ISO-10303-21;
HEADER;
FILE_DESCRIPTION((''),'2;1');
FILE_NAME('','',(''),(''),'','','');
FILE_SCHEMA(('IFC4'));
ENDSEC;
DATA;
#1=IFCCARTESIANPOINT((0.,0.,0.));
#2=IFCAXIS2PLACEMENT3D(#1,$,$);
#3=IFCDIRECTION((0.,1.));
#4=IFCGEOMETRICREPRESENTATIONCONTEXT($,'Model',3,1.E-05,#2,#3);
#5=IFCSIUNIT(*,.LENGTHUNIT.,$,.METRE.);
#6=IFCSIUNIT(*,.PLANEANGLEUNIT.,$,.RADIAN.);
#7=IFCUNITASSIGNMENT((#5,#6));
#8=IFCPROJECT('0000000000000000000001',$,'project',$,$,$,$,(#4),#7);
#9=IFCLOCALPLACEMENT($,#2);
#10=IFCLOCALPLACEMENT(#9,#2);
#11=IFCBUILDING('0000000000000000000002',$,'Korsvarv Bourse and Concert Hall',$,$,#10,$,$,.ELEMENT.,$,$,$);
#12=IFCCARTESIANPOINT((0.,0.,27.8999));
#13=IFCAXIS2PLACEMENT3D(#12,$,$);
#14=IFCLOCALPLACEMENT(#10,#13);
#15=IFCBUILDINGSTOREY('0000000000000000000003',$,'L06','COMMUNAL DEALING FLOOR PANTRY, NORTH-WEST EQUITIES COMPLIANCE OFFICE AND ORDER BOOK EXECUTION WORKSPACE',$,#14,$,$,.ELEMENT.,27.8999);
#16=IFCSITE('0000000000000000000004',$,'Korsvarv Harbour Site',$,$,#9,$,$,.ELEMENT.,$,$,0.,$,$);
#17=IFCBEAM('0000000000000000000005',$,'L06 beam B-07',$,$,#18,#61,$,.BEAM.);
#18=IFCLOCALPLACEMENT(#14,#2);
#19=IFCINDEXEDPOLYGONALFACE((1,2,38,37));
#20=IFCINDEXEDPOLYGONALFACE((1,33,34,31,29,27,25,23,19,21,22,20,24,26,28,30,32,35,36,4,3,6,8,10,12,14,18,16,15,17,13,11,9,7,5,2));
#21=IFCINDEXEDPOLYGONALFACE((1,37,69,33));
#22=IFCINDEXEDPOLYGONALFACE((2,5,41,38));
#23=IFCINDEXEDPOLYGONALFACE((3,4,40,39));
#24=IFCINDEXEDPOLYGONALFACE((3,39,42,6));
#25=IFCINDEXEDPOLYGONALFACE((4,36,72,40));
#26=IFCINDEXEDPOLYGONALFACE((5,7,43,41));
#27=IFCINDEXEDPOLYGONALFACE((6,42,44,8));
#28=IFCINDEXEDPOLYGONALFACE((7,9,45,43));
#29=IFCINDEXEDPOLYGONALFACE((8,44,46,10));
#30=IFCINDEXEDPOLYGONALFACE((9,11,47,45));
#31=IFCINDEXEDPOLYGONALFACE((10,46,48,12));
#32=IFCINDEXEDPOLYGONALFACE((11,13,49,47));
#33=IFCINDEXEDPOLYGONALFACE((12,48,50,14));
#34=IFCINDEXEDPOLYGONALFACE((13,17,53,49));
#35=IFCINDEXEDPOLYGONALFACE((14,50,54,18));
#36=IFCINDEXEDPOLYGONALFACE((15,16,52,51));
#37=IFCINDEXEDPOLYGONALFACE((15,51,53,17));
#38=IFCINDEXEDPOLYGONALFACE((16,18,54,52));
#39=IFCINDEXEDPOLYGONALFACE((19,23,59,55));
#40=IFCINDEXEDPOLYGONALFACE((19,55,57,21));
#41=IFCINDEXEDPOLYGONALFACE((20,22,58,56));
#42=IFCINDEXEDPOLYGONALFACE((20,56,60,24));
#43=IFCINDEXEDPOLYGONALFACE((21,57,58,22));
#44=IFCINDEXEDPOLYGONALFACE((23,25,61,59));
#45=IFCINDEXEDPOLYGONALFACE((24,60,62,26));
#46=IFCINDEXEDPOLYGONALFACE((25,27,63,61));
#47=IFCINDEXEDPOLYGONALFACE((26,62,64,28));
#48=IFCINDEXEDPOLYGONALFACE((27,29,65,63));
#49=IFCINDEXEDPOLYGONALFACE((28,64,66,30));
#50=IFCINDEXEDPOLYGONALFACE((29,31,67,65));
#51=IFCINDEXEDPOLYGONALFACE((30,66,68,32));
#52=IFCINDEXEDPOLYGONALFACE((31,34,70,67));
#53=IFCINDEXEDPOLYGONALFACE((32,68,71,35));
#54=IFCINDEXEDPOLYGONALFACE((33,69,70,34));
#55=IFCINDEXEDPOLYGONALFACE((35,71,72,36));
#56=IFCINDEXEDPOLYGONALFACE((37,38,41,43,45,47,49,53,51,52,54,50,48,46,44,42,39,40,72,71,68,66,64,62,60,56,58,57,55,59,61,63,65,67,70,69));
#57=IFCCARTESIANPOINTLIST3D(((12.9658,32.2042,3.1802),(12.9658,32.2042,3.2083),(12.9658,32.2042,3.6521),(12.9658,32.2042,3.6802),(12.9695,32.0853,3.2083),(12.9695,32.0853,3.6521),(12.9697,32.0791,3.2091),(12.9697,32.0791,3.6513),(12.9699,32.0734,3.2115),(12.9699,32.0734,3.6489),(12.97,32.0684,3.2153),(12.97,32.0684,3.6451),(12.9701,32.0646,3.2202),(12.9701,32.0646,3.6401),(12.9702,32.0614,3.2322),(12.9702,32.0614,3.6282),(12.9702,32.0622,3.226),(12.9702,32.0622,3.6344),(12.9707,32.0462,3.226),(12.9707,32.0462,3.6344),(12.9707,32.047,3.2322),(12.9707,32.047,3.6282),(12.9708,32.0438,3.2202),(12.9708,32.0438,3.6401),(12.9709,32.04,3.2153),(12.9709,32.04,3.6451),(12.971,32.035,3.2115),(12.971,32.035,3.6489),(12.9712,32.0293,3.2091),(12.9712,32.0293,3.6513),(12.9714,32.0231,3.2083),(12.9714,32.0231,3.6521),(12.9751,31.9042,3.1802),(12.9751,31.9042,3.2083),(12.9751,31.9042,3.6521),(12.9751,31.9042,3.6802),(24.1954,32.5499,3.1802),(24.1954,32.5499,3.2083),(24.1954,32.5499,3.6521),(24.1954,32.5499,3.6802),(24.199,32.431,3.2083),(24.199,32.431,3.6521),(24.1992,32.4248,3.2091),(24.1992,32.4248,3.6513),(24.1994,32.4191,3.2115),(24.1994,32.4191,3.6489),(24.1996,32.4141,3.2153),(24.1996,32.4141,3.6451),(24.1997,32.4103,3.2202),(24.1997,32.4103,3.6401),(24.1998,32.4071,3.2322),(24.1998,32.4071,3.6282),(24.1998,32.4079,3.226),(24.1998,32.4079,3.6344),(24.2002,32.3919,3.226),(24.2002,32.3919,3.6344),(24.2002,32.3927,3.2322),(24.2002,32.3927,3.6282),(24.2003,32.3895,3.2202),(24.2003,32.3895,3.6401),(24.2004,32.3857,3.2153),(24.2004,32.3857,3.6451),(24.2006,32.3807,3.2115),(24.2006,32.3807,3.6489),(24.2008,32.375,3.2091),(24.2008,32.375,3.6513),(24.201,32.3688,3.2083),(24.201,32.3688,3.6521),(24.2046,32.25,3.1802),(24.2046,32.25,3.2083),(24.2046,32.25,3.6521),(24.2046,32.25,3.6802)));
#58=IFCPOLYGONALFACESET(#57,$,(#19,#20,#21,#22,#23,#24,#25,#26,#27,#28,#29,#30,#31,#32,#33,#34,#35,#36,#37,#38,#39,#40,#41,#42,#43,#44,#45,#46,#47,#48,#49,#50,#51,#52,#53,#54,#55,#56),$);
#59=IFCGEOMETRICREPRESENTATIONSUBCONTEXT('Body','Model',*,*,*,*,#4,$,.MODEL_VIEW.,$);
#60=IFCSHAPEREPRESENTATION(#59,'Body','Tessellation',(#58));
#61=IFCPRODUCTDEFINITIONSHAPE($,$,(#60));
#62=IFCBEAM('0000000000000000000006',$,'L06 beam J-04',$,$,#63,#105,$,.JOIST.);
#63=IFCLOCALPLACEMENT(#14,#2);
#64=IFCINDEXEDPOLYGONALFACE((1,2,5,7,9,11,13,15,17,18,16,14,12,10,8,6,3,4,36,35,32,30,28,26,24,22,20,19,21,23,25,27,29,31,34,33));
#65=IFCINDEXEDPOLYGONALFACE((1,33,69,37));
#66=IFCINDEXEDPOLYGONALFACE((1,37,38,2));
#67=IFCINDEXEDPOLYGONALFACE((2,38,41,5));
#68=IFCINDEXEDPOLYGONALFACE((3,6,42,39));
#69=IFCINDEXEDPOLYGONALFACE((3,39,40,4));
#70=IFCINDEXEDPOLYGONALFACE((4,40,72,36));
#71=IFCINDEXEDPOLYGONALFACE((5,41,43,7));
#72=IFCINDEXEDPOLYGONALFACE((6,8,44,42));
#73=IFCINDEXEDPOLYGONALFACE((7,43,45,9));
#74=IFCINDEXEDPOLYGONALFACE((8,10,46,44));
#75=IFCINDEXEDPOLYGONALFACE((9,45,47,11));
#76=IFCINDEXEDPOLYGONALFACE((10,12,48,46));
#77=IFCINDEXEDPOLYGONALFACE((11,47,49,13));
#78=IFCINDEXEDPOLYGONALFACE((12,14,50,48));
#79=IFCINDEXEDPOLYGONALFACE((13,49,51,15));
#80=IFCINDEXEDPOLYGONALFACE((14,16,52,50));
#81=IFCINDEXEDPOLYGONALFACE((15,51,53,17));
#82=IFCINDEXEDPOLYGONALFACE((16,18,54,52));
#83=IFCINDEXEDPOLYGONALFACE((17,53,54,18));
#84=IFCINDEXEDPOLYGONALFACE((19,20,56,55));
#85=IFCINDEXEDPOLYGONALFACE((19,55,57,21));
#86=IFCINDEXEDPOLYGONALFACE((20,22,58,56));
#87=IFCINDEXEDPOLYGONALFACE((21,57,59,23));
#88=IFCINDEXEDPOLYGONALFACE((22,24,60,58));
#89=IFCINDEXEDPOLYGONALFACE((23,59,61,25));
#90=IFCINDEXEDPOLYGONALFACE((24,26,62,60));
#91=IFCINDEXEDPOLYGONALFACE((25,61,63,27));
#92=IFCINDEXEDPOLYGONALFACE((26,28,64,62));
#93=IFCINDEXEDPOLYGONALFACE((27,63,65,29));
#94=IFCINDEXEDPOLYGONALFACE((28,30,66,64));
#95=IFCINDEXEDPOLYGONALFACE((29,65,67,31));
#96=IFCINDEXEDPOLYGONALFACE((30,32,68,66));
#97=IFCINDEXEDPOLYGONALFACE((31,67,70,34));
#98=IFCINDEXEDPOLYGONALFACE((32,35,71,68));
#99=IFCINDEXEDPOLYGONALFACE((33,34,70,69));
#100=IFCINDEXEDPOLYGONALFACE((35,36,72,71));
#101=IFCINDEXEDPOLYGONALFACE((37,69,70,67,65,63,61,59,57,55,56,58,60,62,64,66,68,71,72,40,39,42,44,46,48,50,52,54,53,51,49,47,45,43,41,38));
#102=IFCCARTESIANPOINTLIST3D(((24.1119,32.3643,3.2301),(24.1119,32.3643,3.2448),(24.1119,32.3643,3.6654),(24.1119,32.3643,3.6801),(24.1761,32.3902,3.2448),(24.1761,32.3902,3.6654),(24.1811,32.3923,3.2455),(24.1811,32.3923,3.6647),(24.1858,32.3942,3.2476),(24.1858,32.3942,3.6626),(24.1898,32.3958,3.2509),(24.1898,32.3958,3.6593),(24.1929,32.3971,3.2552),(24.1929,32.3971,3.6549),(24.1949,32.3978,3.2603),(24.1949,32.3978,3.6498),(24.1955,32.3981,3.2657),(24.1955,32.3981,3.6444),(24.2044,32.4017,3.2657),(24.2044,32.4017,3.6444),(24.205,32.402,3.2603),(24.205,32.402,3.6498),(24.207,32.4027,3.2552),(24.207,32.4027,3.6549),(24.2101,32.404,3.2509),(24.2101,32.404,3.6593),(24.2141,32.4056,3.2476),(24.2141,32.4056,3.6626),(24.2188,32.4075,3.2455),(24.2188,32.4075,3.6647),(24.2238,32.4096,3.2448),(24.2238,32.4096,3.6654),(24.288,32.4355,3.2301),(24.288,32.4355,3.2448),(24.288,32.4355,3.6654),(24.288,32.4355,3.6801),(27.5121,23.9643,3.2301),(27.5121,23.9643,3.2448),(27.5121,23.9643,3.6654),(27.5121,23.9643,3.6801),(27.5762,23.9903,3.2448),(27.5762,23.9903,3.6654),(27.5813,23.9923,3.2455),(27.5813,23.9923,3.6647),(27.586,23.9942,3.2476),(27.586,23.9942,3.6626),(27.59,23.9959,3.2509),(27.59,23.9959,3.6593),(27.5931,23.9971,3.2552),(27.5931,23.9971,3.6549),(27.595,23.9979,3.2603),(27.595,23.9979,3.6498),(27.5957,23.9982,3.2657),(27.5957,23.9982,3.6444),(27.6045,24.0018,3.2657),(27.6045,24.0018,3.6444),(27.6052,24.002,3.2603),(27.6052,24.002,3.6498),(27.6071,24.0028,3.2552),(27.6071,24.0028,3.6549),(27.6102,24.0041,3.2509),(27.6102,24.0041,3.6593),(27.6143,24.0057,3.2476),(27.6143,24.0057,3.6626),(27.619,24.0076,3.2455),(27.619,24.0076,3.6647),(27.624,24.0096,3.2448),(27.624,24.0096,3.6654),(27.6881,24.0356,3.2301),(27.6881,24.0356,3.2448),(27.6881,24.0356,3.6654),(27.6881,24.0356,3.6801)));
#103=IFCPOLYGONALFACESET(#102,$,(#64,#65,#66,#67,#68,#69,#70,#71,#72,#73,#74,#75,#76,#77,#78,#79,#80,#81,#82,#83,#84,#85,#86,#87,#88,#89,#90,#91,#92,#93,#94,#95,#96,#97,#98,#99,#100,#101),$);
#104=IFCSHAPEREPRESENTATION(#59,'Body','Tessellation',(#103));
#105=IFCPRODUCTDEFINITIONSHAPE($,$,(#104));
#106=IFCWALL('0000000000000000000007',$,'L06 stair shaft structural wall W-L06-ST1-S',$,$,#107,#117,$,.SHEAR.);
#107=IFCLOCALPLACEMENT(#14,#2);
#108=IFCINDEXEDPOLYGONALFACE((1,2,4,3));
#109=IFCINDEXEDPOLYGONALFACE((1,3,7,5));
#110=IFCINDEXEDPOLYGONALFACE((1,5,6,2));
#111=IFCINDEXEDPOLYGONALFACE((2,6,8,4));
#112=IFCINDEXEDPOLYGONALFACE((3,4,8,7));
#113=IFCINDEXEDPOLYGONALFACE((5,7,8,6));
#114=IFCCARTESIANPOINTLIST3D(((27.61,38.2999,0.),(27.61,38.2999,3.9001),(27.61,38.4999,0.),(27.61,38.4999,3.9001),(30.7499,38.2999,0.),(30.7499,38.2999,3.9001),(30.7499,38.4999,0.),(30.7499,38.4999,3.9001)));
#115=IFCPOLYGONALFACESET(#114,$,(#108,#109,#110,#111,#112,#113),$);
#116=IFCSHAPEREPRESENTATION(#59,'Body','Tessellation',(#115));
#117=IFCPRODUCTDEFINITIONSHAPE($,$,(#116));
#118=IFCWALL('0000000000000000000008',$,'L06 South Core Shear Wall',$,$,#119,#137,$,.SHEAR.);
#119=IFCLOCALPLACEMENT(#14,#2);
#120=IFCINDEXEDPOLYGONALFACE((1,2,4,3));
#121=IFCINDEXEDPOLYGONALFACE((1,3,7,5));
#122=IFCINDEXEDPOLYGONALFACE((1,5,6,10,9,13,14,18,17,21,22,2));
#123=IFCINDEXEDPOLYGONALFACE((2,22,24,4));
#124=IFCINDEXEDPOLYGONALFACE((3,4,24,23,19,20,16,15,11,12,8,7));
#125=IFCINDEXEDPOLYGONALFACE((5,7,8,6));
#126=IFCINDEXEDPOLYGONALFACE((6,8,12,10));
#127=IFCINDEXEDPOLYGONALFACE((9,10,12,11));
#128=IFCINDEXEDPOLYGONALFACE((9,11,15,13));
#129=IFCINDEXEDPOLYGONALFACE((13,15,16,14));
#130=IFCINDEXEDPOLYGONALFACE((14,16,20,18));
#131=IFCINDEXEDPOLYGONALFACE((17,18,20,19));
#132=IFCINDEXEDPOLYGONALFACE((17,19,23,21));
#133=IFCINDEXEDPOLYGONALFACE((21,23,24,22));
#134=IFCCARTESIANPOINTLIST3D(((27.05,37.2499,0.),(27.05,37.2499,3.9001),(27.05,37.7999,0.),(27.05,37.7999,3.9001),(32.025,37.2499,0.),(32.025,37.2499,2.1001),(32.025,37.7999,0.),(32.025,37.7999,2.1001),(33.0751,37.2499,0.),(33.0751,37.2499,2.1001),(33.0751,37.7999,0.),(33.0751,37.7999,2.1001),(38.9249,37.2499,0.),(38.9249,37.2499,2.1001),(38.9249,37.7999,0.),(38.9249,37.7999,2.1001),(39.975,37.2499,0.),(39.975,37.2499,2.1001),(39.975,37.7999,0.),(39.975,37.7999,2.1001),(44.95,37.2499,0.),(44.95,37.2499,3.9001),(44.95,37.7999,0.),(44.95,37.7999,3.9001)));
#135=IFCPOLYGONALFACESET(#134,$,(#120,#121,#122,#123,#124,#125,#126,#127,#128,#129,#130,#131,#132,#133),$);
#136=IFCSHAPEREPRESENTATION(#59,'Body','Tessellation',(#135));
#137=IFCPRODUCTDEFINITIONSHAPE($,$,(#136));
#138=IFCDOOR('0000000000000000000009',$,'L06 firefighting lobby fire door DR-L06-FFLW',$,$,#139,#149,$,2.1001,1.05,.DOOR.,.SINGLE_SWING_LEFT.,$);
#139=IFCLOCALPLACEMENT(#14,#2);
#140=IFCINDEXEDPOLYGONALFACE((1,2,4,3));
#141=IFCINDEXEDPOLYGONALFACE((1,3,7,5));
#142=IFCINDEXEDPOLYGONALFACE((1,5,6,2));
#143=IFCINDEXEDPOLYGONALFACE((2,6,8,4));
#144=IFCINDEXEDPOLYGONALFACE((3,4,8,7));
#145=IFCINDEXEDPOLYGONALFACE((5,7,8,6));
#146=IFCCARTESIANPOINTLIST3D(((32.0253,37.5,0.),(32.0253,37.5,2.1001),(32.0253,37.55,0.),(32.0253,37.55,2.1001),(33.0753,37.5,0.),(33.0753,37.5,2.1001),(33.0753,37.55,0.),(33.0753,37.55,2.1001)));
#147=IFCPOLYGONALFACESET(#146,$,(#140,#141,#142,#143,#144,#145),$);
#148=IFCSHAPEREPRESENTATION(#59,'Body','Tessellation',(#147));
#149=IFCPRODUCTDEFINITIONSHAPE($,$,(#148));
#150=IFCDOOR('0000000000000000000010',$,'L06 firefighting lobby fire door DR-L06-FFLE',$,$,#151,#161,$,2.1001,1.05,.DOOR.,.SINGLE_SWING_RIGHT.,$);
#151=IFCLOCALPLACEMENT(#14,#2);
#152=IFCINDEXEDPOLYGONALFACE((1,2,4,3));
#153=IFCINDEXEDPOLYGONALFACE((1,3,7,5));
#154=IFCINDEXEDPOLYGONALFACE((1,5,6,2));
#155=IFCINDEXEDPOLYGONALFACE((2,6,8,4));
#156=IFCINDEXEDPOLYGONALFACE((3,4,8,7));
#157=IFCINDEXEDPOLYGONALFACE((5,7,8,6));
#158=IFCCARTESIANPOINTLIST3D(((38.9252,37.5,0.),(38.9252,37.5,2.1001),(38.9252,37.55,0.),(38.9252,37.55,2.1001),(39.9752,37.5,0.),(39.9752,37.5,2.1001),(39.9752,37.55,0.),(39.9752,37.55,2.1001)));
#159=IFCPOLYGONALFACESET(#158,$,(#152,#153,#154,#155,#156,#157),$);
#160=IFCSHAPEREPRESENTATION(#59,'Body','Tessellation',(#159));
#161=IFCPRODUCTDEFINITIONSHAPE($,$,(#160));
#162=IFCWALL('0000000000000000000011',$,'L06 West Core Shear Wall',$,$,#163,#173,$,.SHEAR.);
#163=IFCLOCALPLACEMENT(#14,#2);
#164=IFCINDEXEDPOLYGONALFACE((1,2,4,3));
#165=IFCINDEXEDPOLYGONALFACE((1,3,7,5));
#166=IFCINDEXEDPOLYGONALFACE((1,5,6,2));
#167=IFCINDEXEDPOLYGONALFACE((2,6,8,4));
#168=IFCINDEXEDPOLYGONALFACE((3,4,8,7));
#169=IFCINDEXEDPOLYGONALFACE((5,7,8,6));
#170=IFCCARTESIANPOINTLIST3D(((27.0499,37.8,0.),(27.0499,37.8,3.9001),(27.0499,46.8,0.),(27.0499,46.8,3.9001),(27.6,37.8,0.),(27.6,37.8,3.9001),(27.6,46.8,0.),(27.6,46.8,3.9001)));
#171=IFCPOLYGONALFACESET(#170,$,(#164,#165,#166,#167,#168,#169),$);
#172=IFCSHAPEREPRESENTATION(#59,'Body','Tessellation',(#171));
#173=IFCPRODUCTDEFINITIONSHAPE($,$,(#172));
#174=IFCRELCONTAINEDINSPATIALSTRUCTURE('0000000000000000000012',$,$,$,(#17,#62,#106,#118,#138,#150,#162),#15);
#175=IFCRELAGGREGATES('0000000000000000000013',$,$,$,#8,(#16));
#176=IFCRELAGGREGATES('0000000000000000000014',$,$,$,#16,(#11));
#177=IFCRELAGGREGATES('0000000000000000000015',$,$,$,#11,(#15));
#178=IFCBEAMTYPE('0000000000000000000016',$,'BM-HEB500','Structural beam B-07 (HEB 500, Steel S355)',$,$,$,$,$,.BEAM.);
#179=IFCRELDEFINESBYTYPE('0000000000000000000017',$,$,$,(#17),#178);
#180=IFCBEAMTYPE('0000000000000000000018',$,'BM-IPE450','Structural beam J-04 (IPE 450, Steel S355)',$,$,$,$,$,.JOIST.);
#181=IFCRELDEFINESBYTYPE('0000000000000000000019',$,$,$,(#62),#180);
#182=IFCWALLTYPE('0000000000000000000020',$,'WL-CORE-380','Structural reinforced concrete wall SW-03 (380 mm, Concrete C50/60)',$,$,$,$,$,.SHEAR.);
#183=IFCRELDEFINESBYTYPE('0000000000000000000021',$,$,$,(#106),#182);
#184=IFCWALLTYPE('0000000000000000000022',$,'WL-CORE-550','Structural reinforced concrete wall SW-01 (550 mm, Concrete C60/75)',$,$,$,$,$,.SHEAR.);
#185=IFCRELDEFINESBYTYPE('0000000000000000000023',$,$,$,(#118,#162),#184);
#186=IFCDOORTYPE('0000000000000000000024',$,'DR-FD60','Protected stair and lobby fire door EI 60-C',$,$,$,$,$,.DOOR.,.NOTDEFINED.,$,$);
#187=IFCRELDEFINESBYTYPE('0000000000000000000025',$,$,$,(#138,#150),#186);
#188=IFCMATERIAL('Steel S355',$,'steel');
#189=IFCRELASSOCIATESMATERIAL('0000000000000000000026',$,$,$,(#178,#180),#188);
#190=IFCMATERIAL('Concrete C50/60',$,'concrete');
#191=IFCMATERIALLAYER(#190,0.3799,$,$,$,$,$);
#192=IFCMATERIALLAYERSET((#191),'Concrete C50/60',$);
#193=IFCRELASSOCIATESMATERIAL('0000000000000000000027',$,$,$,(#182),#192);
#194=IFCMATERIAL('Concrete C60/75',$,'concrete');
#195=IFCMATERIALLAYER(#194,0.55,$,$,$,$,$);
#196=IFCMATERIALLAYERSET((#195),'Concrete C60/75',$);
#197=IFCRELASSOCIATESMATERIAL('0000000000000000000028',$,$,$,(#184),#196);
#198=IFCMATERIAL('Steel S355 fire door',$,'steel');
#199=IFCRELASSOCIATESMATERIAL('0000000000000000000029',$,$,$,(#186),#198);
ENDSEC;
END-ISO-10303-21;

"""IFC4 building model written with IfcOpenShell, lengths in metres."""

from ifc_helpers import new_model, si_unit, direction, frame, frame_2d, origin, origin_2d, place, context, subcontext, project, spatial, rectangle, i_section, extrude, source, transform, mapped, material, layer, layer_set, material_profile, profile_set, type_object, element, fill, save


model = new_model("IFC4")

# Units and contexts
model_context = context("Model", 3, precision=1e-05, world=origin(), true_north=direction((0.0, 1.0)))
body_context = subcontext(model_context, "Body", "Model", "MODEL_VIEW")
ifc_project = project(units=[si_unit("LENGTHUNIT", "METRE"), si_unit("PLANEANGLEUNIT", "RADIAN")], contexts=[model_context])

# Site, building, storey
site_placement = place(None, origin())
site = spatial("IfcSite", under=ifc_project, at=site_placement, Name="Korsvarv Harbour Site", CompositionType="ELEMENT", RefElevation=0.0)
building_placement = place(site_placement, origin())
building = spatial("IfcBuilding", under=site, at=building_placement, Name="Korsvarv Bourse and Concert Hall", CompositionType="ELEMENT")
storey_placement = place(building_placement, frame((0.0, 0.0, 27.8999)))
storey = spatial("IfcBuildingStorey", under=building, at=storey_placement, Name="L06", Description="COMMUNAL DEALING FLOOR PANTRY, NORTH-WEST EQUITIES COMPLIANCE OFFICE AND ORDER BOOK EXECUTION WORKSPACE", CompositionType="ELEMENT", Elevation=27.8999)

# Shared definitions
ifc_material_1 = material(Name="Concrete C60/75", Category="concrete")

# Beams
ifc_material_2 = material(Name="Steel S355", Category="steel")
ifc_material_profile_1 = material_profile(ifc_material_2, i_section(OverallWidth=0.3, OverallDepth=0.5, WebThickness=0.0144, FlangeThickness=0.0281, FilletRadius=0.0239, at=origin_2d()), Name="HEB 500")
ifc_profile_set_1 = profile_set([ifc_material_profile_1], Name="Steel S355")
beam_type_1 = type_object("IfcBeamType", Name="BM-HEB500", Description="Structural beam B-07 (HEB 500, Steel S355)", PredefinedType="BEAM", material=ifc_profile_set_1)
shared_shape_1 = source(origin(), body_context, "Body", "SweptSolid", [
    extrude(i_section(OverallWidth=0.3, OverallDepth=0.5, WebThickness=0.0144, FlangeThickness=0.0281, FilletRadius=0.0239, at=origin_2d()), origin(), (0.0, 0.0, 1.0), 11.2349),
])
beam_1_placement = place(storey_placement, frame((12.9705, 32.0542, 3.4302), z_axis=(0.999526, 0.030771, 0.0), x_axis=(-0.030771, 0.999526, 0.0)))
element("IfcBeam", 1, at=beam_1_placement, inside=storey, type_object=beam_type_1, Name="L06 beam B-07", PredefinedType="BEAM", context=body_context, shape_type="MappedRepresentation", body=[
    mapped(shared_shape_1, transform((0.0, 0.0, 0.0), scale=1.0)),
])
ifc_material_profile_2 = material_profile(ifc_material_2, i_section(OverallWidth=0.1899, OverallDepth=0.45, WebThickness=0.0095, FlangeThickness=0.0146, FilletRadius=0.021, at=origin_2d()), Name="IPE 450")
ifc_profile_set_2 = profile_set([ifc_material_profile_2], Name="Steel S355")
beam_type_2 = type_object("IfcBeamType", Name="BM-IPE450", Description="Structural beam J-04 (IPE 450, Steel S355)", PredefinedType="JOIST", material=ifc_profile_set_2)
shared_shape_2 = source(origin(), body_context, "Body", "SweptSolid", [
    extrude(i_section(OverallWidth=0.1899, OverallDepth=0.45, WebThickness=0.0095, FlangeThickness=0.0146, FilletRadius=0.021, at=origin_2d()), origin(), (0.0, 0.0, 1.0), 9.062),
])
beam_2_placement = place(storey_placement, frame((24.2, 32.3999, 3.4551), z_axis=(0.37521, -0.92694, 0.0), x_axis=(0.92694, 0.37521, 0.0)))
element("IfcBeam", 2, at=beam_2_placement, inside=storey, type_object=beam_type_2, Name="L06 beam J-04", PredefinedType="JOIST", context=body_context, shape_type="MappedRepresentation", body=[
    mapped(shared_shape_2, transform((0.0, 0.0, 0.0), scale=1.0)),
])

# Wall
ifc_material_3 = material(Name="Concrete C50/60", Category="concrete")
ifc_layer_1 = layer(ifc_material_3, 0.3799)
ifc_layer_set_1 = layer_set([ifc_layer_1], Name="Concrete C50/60")
wall_type_1 = type_object("IfcWallType", Name="WL-CORE-380", Description="Structural reinforced concrete wall SW-03 (380 mm, Concrete C50/60)", PredefinedType="SHEAR", material=ifc_layer_set_1)
wall_1_placement = place(storey_placement, frame((27.6101, 38.3999, 0.0), z_axis=(0.0, 0.0, 1.0), x_axis=(1.0, 0.0, 0.0)))
element("IfcWall", 3, at=wall_1_placement, inside=storey, type_object=wall_type_1, Name="L06 stair shaft structural wall W-L06-ST1-S", PredefinedType="SHEAR", context=body_context, shape_type="SweptSolid", body=[
    extrude(rectangle(XDim=3.1399, YDim=0.2, at=frame_2d((1.5698, 0.0))), origin(), (0.0, 0.0, 1.0), 3.9001),
])

# Wall, openings, doors
ifc_layer_2 = layer(ifc_material_1, 0.55)
ifc_layer_set_2 = layer_set([ifc_layer_2], Name="Concrete C60/75")
wall_type_2 = type_object("IfcWallType", Name="WL-CORE-550", Description="Structural reinforced concrete wall SW-01 (550 mm, Concrete C60/75)", PredefinedType="SHEAR", material=ifc_layer_set_2)
wall_2_placement = place(storey_placement, frame((27.05, 37.5249, 0.0), z_axis=(0.0, 0.0, 1.0), x_axis=(1.0, 0.0, 0.0)))
wall_2 = element("IfcWall", 4, at=wall_2_placement, inside=storey, type_object=wall_type_2, Name="L06 South Core Shear Wall", PredefinedType="SHEAR", context=body_context, shape_type="SweptSolid", body=[
    extrude(rectangle(XDim=17.8999, YDim=0.55, at=frame_2d((8.95, 0.0))), origin(), (0.0, 0.0, 1.0), 3.9001),
])
opening_1_placement = place(wall_2_placement, frame((4.9751, 0.0, 0.0)))
opening_1 = element("IfcOpeningElement", 5, at=opening_1_placement, cuts=wall_2, PredefinedType="OPENING", context=body_context, shape_type="SweptSolid", body=[
    extrude(rectangle(XDim=1.05, YDim=2.1001, at=frame_2d((0.5249, 1.05))), frame((0.0, 0.2852, 0.0), z_axis=(0.0, -1.0, 0.0), x_axis=(1.0, 0.0, 0.0)), (0.0, 0.0, 1.0), 0.5701),
])
opening_2_placement = place(wall_2_placement, frame((11.875, 0.0, 0.0)))
opening_2 = element("IfcOpeningElement", 6, at=opening_2_placement, cuts=wall_2, PredefinedType="OPENING", context=body_context, shape_type="SweptSolid", body=[
    extrude(rectangle(XDim=1.05, YDim=2.1001, at=frame_2d((0.5249, 1.05))), frame((0.0, 0.2852, 0.0), z_axis=(0.0, -1.0, 0.0), x_axis=(1.0, 0.0, 0.0)), (0.0, 0.0, 1.0), 0.5701),
])
ifc_material_4 = material(Name="Steel S355 fire door", Category="steel")
door_type_1 = type_object("IfcDoorType", Name="DR-FD60", Description="Protected stair and lobby fire door EI 60-C", OperationType="NOTDEFINED", PredefinedType="DOOR", material=ifc_material_4)
door_1_placement = place(opening_1_placement, frame((1.05, 0.0, 0.0), z_axis=(0.0, 0.0, 1.0), x_axis=(-1.0, 0.0, 0.0)))
door_1 = element("IfcDoor", 7, at=door_1_placement, inside=storey, type_object=door_type_1, Name="L06 firefighting lobby fire door DR-L06-FFLW", OperationType="SINGLE_SWING_LEFT", OverallHeight=2.1001, OverallWidth=1.05, PredefinedType="DOOR", context=body_context, shape_type="SweptSolid", body=[
    extrude(rectangle(XDim=1.05, YDim=2.1001, at=frame_2d((0.5249, 1.05))), frame((0.0, 0.0249, 0.0), z_axis=(0.0, -1.0, 0.0), x_axis=(1.0, 0.0, 0.0)), (0.0, 0.0, 1.0), 0.05),
])
fill(opening_1, door_1)
door_2_placement = place(opening_2_placement, frame((1.05, 0.0, 0.0), z_axis=(0.0, 0.0, 1.0), x_axis=(-1.0, 0.0, 0.0)))
door_2 = element("IfcDoor", 8, at=door_2_placement, inside=storey, type_object=door_type_1, Name="L06 firefighting lobby fire door DR-L06-FFLE", OperationType="SINGLE_SWING_RIGHT", OverallHeight=2.1001, OverallWidth=1.05, PredefinedType="DOOR", context=body_context, shape_type="SweptSolid", body=[
    extrude(rectangle(XDim=1.05, YDim=2.1001, at=frame_2d((0.5249, 1.05))), frame((0.0, 0.0249, 0.0), z_axis=(0.0, -1.0, 0.0), x_axis=(1.0, 0.0, 0.0)), (0.0, 0.0, 1.0), 0.05),
])
fill(opening_2, door_2)

# Wall
wall_3_placement = place(storey_placement, frame((27.325, 37.8, 0.0), z_axis=(0.0, 0.0, 1.0), x_axis=(0.0, 1.0, 0.0)))
element("IfcWall", 9, at=wall_3_placement, inside=storey, type_object=wall_type_2, Name="L06 West Core Shear Wall", PredefinedType="SHEAR", context=body_context, shape_type="SweptSolid", body=[
    extrude(rectangle(XDim=9.0, YDim=0.55, at=frame_2d((4.5, 0.0))), origin(), (0.0, 0.0, 1.0), 3.9001),
])

save(model, "model.ifc")
